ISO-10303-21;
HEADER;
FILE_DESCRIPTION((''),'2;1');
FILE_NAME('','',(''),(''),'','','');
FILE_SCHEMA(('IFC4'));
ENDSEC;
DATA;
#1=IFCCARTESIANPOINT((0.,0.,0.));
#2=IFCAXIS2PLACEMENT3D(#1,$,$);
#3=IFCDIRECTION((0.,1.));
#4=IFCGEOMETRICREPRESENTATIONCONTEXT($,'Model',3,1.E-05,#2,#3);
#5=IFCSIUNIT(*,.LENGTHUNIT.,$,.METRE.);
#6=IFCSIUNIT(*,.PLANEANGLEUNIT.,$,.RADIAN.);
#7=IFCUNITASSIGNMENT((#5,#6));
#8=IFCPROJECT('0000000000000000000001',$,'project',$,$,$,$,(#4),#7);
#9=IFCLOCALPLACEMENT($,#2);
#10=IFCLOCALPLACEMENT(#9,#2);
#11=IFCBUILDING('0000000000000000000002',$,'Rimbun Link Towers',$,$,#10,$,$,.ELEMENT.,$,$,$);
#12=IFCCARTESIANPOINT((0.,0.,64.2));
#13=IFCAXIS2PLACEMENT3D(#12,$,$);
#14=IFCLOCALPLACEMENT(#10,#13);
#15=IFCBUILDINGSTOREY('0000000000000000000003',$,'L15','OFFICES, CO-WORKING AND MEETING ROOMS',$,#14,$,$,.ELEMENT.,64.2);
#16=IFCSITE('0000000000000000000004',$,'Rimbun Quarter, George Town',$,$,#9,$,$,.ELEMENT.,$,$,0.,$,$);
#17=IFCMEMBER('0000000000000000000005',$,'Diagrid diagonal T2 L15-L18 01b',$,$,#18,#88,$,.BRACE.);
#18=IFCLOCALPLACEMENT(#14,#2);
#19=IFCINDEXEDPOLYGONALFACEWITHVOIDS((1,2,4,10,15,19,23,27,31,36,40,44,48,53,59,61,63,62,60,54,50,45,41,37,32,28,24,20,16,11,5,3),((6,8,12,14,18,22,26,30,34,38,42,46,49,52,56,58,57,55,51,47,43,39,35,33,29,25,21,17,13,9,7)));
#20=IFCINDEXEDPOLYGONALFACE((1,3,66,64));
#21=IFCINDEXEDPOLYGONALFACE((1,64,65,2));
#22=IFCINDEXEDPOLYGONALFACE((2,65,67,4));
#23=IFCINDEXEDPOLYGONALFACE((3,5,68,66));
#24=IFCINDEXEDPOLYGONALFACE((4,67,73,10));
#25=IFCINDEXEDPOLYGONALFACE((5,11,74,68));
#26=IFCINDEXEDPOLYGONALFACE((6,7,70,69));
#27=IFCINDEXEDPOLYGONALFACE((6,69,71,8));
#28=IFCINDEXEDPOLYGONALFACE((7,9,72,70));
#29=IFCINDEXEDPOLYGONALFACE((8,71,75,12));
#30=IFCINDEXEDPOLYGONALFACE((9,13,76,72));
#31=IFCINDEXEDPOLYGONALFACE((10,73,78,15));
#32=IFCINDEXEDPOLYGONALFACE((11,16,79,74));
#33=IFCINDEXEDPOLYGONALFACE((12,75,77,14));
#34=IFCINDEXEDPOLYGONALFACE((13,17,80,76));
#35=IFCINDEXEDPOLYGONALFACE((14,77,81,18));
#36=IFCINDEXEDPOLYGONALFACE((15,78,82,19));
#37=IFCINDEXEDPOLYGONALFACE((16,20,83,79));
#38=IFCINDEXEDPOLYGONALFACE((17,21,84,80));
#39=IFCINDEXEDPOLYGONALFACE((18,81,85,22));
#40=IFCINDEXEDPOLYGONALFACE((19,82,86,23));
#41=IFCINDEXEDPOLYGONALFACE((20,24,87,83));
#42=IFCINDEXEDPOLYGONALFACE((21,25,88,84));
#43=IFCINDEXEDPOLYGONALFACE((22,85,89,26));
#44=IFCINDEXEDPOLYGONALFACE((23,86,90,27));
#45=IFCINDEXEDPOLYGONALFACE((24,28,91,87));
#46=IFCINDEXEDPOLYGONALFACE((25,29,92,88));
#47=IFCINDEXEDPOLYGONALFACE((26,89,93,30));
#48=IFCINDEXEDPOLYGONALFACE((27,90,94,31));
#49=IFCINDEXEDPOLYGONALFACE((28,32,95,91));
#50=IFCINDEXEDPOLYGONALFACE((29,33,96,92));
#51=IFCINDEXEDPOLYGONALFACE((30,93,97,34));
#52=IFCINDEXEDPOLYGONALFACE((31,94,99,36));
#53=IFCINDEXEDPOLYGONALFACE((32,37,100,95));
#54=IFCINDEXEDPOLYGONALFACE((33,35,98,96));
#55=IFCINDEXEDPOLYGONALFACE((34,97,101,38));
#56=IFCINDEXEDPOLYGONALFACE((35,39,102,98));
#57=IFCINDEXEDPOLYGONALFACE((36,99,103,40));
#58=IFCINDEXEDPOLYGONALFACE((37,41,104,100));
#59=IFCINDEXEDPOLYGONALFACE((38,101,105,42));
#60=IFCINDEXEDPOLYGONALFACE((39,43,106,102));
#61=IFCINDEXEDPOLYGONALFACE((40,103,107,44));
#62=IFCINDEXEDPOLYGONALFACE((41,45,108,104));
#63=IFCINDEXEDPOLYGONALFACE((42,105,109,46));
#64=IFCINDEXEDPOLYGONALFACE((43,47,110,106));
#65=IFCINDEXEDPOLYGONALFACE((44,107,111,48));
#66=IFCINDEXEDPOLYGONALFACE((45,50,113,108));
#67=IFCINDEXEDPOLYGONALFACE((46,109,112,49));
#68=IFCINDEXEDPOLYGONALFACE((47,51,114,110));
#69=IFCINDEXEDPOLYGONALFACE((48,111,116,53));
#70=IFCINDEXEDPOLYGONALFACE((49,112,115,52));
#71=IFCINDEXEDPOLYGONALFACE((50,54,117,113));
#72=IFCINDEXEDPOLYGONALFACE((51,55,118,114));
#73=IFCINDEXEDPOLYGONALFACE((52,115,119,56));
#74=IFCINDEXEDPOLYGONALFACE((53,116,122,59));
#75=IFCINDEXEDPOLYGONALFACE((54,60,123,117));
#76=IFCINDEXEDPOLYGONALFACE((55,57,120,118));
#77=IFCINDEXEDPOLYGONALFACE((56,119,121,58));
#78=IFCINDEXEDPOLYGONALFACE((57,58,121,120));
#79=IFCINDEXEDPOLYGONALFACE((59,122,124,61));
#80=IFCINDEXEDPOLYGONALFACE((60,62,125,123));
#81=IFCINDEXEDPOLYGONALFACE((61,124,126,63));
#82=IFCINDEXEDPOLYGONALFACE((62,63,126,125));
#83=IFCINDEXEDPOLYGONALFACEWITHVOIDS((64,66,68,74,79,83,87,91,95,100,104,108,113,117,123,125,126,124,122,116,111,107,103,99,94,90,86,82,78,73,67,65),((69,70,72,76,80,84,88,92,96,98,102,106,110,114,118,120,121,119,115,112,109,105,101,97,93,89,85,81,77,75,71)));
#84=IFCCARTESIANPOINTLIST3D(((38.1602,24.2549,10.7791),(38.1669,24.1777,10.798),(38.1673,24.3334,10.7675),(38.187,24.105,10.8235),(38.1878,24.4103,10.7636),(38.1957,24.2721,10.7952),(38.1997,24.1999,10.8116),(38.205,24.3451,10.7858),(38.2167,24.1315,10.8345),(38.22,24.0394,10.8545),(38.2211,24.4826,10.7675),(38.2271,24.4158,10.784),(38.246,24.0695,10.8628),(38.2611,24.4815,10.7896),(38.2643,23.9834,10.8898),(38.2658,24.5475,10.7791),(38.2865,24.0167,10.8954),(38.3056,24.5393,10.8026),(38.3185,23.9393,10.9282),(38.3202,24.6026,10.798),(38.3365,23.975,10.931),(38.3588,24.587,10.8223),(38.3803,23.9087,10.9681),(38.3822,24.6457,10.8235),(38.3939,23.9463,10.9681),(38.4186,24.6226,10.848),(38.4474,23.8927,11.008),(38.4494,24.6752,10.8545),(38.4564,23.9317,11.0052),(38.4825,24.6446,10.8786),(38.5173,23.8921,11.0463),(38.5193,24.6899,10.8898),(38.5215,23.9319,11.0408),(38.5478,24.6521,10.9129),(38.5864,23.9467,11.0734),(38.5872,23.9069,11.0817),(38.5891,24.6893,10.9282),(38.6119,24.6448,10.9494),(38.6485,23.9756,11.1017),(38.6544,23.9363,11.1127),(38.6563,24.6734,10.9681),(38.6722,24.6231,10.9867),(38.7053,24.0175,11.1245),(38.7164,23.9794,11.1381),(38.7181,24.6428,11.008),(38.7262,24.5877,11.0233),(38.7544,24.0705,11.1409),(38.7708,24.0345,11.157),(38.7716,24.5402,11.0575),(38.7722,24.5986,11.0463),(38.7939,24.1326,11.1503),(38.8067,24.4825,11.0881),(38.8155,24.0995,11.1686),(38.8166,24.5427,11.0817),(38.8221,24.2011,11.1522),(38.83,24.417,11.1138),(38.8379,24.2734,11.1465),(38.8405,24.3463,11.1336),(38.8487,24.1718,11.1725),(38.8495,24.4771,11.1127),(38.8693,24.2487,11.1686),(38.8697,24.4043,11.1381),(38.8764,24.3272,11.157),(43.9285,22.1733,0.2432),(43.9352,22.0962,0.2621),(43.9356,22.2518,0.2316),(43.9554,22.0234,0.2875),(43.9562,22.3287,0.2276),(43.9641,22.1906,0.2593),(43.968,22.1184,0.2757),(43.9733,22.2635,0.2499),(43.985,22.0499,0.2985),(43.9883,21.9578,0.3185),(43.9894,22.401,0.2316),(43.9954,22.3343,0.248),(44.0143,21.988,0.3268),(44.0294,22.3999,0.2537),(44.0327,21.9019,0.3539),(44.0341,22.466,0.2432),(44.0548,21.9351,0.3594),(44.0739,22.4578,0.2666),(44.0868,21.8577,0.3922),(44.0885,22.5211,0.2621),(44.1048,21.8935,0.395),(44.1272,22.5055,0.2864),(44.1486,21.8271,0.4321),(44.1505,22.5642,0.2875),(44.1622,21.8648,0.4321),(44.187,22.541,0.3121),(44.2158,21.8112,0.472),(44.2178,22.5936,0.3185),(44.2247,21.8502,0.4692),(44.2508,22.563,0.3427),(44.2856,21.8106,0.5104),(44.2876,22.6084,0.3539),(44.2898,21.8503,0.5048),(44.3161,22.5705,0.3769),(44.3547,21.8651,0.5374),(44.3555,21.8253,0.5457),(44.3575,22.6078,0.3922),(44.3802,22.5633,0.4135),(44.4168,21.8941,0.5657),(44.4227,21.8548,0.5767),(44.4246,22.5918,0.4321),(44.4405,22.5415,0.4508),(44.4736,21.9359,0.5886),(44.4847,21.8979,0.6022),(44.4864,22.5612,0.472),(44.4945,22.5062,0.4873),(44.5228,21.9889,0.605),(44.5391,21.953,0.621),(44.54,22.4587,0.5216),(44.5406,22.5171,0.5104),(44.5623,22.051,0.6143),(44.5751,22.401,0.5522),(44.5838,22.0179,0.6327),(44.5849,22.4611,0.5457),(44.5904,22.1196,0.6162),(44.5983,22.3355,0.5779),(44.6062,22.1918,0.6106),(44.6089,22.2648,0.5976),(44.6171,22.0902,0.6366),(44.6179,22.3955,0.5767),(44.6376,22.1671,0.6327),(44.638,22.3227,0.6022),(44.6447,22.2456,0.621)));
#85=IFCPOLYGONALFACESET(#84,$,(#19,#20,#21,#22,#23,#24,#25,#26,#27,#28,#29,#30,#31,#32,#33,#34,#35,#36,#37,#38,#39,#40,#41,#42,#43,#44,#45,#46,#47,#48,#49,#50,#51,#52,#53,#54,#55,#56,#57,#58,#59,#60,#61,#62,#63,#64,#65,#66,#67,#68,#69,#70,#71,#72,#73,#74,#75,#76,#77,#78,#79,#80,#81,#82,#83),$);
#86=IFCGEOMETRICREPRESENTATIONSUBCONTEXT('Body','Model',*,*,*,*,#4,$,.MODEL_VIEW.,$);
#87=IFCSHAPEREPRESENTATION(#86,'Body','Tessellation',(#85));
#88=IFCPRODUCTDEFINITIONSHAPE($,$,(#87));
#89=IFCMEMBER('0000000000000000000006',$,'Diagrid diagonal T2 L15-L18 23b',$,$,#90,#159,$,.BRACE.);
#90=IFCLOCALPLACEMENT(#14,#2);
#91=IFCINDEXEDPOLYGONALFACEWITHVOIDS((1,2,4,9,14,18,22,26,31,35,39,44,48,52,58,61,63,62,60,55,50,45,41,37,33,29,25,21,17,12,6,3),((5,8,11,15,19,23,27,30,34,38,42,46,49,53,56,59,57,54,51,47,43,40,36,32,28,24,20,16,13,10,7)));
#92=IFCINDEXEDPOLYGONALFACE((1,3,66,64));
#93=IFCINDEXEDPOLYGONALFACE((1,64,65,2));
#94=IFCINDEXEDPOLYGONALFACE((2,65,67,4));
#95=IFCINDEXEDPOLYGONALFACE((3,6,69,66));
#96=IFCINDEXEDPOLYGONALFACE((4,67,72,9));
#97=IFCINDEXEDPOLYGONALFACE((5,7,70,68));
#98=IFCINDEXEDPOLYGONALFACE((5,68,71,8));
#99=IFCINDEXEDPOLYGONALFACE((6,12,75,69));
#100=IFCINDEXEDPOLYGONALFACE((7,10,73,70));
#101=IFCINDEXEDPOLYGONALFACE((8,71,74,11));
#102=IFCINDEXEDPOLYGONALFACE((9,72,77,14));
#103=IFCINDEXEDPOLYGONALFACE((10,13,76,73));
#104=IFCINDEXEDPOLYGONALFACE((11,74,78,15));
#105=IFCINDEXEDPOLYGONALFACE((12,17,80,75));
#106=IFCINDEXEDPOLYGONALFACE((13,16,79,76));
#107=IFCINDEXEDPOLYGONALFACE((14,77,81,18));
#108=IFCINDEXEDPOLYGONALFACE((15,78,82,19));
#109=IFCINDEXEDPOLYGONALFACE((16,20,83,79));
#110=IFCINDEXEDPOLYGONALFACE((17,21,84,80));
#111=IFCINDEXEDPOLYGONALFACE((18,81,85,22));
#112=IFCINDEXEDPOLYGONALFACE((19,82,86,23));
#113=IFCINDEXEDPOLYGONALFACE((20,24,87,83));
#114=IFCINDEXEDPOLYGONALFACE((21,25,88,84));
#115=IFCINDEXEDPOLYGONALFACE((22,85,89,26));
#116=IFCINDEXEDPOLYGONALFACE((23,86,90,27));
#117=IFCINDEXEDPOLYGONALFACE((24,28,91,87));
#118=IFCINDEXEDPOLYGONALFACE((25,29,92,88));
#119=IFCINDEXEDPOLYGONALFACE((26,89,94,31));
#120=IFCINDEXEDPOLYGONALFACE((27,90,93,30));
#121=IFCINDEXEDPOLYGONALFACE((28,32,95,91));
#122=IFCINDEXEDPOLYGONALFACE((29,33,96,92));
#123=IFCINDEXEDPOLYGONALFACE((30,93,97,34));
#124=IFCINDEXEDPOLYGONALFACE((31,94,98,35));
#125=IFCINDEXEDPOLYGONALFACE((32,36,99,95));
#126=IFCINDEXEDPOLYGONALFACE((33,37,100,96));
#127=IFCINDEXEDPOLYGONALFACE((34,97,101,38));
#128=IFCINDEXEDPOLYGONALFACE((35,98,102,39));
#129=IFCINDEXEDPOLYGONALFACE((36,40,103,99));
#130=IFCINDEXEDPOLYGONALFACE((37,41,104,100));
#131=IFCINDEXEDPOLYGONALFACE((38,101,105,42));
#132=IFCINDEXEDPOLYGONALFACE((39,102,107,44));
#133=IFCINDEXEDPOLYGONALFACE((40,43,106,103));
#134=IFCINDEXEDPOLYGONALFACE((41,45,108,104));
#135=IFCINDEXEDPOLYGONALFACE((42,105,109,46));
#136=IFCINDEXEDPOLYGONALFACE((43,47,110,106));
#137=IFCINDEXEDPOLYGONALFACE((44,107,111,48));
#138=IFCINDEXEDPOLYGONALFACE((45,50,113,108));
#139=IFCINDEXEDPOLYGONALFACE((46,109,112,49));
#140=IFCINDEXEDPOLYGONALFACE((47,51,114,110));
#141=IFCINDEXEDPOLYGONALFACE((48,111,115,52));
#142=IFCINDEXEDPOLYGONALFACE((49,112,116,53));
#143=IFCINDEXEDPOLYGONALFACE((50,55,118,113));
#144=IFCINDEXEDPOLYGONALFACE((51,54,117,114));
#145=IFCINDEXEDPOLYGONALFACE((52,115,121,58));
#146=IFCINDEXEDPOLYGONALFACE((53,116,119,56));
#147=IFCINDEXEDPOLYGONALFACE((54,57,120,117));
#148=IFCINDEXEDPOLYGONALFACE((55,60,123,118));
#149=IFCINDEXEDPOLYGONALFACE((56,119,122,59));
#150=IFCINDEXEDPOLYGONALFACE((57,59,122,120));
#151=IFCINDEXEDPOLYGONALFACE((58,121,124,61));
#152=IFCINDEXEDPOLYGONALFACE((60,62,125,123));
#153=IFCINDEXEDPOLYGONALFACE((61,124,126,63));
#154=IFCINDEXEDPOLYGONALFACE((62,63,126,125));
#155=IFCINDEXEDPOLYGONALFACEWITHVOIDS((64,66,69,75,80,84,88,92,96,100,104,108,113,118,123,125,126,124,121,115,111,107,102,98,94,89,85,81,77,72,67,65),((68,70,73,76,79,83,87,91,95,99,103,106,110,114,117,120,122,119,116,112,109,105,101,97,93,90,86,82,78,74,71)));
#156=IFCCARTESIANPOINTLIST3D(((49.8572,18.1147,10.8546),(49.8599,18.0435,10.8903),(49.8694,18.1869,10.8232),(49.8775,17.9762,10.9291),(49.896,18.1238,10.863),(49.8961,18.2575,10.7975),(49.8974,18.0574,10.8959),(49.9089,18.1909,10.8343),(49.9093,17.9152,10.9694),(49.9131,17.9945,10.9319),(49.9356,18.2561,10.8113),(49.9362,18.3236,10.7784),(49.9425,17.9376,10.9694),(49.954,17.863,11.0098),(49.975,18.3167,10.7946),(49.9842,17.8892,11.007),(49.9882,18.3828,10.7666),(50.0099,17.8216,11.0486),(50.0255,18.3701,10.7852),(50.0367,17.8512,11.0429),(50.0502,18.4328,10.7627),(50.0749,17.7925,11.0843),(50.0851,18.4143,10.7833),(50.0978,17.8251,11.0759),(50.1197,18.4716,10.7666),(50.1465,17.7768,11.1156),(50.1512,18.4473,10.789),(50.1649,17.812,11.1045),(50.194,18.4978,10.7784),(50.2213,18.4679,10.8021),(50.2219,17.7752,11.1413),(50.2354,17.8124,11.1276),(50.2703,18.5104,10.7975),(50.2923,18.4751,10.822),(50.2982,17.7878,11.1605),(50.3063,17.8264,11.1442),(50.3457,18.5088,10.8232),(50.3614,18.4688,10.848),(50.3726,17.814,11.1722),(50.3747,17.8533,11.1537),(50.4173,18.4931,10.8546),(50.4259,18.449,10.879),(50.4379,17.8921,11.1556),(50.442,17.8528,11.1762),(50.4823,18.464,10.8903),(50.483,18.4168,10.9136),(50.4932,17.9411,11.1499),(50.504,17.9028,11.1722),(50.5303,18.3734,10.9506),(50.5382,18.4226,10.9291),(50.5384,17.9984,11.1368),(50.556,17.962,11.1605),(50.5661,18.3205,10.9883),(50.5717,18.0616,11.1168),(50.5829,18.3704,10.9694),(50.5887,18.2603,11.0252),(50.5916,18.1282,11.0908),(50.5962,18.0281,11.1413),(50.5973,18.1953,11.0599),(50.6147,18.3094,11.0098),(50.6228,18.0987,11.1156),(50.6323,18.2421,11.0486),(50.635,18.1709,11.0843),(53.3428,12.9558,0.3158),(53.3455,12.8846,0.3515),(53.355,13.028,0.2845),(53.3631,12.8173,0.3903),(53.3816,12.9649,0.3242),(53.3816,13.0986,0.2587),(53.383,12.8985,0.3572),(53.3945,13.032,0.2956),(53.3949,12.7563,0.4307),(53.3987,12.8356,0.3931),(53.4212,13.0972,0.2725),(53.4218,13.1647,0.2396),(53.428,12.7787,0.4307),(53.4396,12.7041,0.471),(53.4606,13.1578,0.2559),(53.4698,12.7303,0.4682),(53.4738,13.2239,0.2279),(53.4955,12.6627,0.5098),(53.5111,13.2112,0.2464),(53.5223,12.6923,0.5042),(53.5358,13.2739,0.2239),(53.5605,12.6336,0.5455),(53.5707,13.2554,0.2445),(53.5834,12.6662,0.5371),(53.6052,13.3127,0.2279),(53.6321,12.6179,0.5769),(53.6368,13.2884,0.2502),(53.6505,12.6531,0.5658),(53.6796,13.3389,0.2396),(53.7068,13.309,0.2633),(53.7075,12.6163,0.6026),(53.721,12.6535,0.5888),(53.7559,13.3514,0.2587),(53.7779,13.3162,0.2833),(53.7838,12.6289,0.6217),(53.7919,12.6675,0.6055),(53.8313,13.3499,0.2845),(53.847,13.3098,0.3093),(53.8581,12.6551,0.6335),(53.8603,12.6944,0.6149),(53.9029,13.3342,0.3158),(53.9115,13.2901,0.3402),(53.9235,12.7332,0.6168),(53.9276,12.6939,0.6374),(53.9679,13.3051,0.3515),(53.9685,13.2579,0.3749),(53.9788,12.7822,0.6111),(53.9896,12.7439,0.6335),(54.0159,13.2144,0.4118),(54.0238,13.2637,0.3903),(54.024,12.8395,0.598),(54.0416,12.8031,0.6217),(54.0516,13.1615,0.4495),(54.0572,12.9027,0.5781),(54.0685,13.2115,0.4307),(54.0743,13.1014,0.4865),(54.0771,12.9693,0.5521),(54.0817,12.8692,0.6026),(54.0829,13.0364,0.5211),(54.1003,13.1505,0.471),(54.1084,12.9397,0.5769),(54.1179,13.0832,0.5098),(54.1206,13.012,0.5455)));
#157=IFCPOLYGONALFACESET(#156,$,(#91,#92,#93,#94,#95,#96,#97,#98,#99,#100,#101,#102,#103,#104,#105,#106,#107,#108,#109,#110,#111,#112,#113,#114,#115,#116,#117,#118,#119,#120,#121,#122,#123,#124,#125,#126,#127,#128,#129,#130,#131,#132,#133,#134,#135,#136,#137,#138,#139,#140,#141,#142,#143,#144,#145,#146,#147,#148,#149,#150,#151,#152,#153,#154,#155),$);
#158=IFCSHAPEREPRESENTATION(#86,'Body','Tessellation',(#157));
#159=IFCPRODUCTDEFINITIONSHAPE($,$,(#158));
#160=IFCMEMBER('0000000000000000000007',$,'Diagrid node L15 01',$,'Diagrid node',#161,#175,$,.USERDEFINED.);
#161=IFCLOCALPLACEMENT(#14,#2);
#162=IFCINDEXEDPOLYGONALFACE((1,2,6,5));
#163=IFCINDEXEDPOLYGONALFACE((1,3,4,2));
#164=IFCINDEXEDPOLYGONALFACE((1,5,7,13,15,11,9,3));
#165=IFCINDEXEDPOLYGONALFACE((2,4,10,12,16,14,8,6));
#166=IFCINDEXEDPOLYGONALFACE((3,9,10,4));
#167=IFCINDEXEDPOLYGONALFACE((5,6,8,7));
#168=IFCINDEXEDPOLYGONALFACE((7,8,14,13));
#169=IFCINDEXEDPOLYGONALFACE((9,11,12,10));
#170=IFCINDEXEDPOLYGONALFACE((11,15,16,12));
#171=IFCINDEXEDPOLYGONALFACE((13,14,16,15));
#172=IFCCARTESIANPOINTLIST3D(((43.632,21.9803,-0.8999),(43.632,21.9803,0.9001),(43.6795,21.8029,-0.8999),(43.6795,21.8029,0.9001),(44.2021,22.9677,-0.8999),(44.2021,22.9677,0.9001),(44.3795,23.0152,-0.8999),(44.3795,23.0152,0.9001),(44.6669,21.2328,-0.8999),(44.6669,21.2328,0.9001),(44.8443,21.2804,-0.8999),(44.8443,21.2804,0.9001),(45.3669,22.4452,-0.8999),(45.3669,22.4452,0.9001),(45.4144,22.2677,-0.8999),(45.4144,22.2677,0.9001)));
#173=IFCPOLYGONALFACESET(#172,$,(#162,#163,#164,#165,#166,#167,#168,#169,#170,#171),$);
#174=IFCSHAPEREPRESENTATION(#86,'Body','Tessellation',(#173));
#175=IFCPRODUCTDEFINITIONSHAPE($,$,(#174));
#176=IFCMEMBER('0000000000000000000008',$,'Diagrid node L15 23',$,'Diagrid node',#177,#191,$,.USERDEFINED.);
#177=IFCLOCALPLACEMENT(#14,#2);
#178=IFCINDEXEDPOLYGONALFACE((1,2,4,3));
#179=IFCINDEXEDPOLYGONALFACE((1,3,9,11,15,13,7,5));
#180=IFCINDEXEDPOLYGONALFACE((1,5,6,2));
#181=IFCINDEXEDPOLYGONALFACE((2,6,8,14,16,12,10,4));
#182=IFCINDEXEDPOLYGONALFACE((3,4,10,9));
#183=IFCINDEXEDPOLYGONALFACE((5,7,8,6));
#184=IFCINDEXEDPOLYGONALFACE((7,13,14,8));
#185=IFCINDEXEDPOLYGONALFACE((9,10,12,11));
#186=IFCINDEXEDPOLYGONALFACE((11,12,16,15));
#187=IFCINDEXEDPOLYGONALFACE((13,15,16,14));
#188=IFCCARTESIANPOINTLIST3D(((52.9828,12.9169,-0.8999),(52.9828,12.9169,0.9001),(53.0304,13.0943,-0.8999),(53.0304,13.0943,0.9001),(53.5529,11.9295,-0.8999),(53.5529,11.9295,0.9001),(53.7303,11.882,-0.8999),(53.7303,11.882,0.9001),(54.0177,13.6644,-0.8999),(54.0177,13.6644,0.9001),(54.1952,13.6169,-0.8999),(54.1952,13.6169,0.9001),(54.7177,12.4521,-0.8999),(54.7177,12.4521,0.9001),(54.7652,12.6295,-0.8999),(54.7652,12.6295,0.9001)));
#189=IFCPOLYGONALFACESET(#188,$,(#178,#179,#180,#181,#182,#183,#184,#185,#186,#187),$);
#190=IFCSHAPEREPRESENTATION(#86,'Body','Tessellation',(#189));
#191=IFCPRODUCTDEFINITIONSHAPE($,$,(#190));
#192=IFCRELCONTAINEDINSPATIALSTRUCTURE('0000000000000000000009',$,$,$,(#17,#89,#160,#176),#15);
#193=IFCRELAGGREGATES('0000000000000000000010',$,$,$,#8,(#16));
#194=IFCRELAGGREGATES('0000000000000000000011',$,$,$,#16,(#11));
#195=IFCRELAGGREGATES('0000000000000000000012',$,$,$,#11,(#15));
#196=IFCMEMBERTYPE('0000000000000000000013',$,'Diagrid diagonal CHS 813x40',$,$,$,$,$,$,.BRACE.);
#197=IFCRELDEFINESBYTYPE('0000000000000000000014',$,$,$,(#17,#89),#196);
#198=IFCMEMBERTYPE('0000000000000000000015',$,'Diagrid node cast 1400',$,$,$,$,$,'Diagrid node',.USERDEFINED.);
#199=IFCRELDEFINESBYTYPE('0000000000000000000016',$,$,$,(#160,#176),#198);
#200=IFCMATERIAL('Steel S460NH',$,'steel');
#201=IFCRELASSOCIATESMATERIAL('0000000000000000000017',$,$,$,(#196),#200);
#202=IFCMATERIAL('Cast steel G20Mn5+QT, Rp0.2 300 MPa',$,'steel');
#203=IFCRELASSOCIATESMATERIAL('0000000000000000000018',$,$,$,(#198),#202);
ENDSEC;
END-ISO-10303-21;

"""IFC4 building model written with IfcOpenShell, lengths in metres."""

from ifc_helpers import new_model, si_unit, direction, frame, origin, origin_2d, place, context, subcontext, project, spatial, polyline, hollow_circle, outline, extrude, material, material_profile, profile_set, type_object, element, save


model = new_model("IFC4")

# Units and contexts
model_context = context("Model", 3, precision=1e-05, world=origin(), true_north=direction((0.0, 1.0)))
body_context = subcontext(model_context, "Body", "Model", "MODEL_VIEW")
ifc_project = project(units=[si_unit("LENGTHUNIT", "METRE"), si_unit("PLANEANGLEUNIT", "RADIAN")], contexts=[model_context])

# Site, building, storey
site_placement = place(None, origin())
site = spatial("IfcSite", under=ifc_project, at=site_placement, Name="Rimbun Quarter, George Town", CompositionType="ELEMENT", RefElevation=0.0)
building_placement = place(site_placement, origin())
building = spatial("IfcBuilding", under=site, at=building_placement, Name="Rimbun Link Towers", CompositionType="ELEMENT")
storey_placement = place(building_placement, frame((0.0, 0.0, 64.2)))
storey = spatial("IfcBuildingStorey", under=building, at=storey_placement, Name="L15", Description="OFFICES, CO-WORKING AND MEETING ROOMS", CompositionType="ELEMENT", Elevation=64.2)

# Members
ifc_material_1 = material(Name="Steel S460NH", Category="steel")
ifc_material_profile_1 = material_profile(ifc_material_1, hollow_circle(Radius=0.4065, WallThickness=0.04, at=origin_2d()), Name="Diagrid diagonal CHS 813x40")
ifc_profile_set_1 = profile_set([ifc_material_profile_1], Name="Steel S460NH")
member_type_1 = type_object("IfcMemberType", Name="Diagrid diagonal CHS 813x40", PredefinedType="BRACE", material=ifc_profile_set_1)
member_1_placement = place(storey_placement, frame((44.2866, 22.2095, 0.4321), z_axis=(-0.473176, 0.17075, 0.864262), x_axis=(-0.339434, -0.94063, 0.0)))
element("IfcMember", 1, at=member_1_placement, inside=storey, type_object=member_type_1, Name="Diagrid diagonal T2 L15-L18 01b", PredefinedType="BRACE", context=body_context, shape_type="SweptSolid", body=[
    extrude(hollow_circle(Radius=0.4065, WallThickness=0.04, at=origin_2d()), origin(), (0.0, 0.0, 1.0), 12.1907),
])
member_2_placement = place(storey_placement, frame((53.7317, 12.9839, 0.4307), z_axis=(-0.284758, 0.421463, 0.860977), x_axis=(-0.828602, -0.559838, 0.0)))
element("IfcMember", 2, at=member_2_placement, inside=storey, type_object=member_type_1, Name="Diagrid diagonal T2 L15-L18 23b", PredefinedType="BRACE", context=body_context, shape_type="SweptSolid", body=[
    extrude(hollow_circle(Radius=0.4065, WallThickness=0.04, at=origin_2d()), origin(), (0.0, 0.0, 1.0), 12.2405),
])
ifc_material_2 = material(Name="Cast steel G20Mn5+QT, Rp0.2 300 MPa", Category="steel")
ifc_material_profile_2 = material_profile(ifc_material_2, outline(polyline([(0.7, -0.5701), (0.7, 0.5701), (0.5701, 0.7), (-0.5701, 0.7), (-0.7, 0.5701), (-0.7, -0.5701), (-0.5701, -0.7), (0.5701, -0.7), (0.7, -0.5701)])), Name="NODE 1400x1400")
ifc_profile_set_2 = profile_set([ifc_material_profile_2], Name="Cast steel G20Mn5+QT, Rp0.2 300 MPa")
member_type_2 = type_object("IfcMemberType", Name="Diagrid node cast 1400", ElementType="Diagrid node", PredefinedType="USERDEFINED", material=ifc_profile_set_2)
for number, where, z_axis, x_axis, name in (
    (3, (44.5232, 22.124, -0.8999), (0.0, 0.0, 1.0), (0.5, 0.866025, 0.0), "Diagrid node L15 01"),
    (4, (53.874, 12.7732, -0.8999), (0.0, 0.0, 1.0), (0.866025, 0.5, 0.0), "Diagrid node L15 23"),
):
    element("IfcMember", number, at=place(storey_placement, frame(where, z_axis=z_axis, x_axis=x_axis)), inside=storey, type_object=member_type_2, Name=name, ObjectType="Diagrid node", PredefinedType="USERDEFINED", context=body_context, shape_type="SweptSolid", body=[
        extrude(outline(polyline([(0.7, -0.5701), (0.7, 0.5701), (0.5701, 0.7), (-0.5701, 0.7), (-0.7, 0.5701), (-0.7, -0.5701), (-0.5701, -0.7), (0.5701, -0.7), (0.7, -0.5701)])), origin(), (0.0, 0.0, 1.0), 1.8),
    ])

save(model, "model.ifc")
